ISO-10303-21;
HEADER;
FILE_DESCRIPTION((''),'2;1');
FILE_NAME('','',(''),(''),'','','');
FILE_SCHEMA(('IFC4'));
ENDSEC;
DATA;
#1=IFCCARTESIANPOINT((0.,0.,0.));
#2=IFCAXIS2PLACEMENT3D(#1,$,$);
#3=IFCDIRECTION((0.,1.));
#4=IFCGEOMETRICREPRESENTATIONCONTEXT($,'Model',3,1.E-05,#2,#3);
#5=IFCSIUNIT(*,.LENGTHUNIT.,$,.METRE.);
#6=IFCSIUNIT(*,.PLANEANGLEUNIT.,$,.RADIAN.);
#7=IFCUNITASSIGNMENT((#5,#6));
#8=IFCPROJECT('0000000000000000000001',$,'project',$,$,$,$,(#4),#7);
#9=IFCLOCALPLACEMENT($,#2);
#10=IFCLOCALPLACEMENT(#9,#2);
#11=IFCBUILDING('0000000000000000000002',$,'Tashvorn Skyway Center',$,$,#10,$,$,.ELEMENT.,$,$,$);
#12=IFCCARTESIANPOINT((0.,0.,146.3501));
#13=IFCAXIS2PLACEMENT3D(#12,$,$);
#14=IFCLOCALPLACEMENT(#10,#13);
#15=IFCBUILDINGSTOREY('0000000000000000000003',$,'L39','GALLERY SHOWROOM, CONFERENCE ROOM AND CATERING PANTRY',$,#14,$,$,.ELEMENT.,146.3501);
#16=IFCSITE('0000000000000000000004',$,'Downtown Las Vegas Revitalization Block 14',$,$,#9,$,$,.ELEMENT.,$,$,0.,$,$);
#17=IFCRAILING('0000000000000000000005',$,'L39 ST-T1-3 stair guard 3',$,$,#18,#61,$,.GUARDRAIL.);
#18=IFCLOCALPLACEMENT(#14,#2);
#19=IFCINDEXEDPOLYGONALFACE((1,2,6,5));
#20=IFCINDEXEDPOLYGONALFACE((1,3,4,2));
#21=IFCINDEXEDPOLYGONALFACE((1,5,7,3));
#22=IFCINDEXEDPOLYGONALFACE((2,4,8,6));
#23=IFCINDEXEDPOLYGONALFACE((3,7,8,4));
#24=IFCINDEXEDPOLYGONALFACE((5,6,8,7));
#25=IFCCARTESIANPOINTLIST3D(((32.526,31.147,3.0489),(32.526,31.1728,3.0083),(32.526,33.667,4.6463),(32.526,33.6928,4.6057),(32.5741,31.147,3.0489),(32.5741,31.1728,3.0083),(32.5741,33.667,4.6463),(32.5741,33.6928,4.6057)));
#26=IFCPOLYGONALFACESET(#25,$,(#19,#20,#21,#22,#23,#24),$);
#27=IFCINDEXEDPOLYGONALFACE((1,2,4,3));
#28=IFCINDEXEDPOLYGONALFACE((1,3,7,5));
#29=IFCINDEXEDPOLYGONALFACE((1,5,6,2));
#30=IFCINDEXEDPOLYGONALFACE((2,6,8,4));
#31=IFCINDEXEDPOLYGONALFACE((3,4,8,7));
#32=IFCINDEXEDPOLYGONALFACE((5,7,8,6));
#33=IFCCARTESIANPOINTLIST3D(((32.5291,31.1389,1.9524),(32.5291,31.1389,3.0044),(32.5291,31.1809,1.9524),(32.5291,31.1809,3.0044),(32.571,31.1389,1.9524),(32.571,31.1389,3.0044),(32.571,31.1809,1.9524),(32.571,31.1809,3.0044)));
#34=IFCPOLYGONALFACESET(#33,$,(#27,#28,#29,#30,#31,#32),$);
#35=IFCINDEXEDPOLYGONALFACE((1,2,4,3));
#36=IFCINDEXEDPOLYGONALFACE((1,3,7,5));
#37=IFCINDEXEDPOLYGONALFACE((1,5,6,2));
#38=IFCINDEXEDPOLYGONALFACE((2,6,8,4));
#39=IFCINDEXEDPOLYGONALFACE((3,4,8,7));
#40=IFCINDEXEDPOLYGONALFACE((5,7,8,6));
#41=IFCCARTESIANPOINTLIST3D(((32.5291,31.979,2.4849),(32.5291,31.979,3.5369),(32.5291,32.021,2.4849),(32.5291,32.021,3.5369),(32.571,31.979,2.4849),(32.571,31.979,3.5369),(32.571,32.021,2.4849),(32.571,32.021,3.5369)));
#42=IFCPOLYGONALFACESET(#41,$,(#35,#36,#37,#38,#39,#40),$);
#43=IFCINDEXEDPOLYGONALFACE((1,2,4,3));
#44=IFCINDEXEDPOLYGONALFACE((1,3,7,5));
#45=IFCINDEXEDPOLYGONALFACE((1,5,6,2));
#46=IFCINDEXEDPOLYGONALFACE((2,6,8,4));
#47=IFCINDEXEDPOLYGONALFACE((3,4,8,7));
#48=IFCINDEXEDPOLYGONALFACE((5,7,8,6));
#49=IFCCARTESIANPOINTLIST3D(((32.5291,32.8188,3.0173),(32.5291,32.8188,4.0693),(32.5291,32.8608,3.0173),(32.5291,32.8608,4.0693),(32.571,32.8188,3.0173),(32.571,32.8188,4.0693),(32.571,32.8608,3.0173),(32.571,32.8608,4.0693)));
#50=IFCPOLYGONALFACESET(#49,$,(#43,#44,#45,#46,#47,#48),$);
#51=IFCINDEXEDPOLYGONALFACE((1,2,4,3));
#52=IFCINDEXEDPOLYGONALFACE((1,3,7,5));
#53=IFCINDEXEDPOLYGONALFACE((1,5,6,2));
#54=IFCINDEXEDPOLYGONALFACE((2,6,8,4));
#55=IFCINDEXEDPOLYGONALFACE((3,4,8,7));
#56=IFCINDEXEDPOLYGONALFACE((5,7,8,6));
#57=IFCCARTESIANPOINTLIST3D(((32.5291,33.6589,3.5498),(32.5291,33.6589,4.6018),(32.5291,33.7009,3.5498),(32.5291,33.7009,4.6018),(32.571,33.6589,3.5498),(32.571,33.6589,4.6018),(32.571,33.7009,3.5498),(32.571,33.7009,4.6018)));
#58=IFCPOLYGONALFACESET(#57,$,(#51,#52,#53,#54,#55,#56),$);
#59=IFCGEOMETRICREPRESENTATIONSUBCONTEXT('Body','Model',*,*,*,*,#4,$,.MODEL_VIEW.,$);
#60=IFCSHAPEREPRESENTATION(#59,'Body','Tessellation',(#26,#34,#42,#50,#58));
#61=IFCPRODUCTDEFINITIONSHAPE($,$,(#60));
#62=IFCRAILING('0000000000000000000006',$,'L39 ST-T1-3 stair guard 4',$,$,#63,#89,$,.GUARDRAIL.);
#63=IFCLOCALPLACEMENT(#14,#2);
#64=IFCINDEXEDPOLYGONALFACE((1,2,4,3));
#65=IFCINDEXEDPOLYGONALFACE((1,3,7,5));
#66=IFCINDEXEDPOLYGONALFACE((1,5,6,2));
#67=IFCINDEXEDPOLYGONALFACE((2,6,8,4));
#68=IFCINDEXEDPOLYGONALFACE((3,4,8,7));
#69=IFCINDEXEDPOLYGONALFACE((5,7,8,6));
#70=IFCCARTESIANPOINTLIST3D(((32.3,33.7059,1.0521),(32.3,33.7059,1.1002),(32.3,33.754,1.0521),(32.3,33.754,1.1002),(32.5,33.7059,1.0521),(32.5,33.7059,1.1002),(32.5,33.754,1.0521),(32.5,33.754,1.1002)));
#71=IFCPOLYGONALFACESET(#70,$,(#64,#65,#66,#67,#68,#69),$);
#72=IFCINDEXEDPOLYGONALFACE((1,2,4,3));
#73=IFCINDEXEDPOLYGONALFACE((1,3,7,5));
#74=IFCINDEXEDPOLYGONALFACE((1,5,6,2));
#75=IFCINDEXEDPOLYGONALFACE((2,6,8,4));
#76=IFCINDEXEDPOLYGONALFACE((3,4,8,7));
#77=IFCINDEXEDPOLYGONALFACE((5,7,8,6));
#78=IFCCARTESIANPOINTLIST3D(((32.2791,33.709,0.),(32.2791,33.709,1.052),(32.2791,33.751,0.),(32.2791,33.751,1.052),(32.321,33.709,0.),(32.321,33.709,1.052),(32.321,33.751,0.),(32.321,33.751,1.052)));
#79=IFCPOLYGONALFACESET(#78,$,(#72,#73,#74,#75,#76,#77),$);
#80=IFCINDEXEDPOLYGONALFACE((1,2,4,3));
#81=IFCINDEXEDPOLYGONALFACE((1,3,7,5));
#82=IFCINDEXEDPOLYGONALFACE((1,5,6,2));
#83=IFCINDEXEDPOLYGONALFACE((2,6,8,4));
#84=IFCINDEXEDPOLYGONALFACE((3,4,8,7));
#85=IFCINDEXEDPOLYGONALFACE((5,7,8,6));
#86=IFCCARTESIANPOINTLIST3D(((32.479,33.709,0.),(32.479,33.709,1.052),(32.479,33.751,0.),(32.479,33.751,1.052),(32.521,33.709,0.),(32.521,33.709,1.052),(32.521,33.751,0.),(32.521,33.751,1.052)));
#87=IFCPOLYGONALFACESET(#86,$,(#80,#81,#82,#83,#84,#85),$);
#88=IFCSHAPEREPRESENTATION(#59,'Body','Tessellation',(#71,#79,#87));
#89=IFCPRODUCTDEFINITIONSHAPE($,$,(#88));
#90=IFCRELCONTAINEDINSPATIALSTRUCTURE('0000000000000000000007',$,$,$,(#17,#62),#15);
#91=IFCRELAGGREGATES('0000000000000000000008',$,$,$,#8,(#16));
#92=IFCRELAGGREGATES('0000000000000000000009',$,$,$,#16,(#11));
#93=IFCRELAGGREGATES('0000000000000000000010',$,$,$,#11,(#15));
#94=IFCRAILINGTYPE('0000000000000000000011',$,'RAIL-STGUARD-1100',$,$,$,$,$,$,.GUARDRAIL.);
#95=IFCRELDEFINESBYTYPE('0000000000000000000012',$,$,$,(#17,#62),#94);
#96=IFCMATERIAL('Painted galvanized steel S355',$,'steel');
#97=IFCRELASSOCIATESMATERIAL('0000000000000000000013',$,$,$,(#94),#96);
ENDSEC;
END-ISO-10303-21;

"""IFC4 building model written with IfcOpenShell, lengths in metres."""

from ifc_helpers import new_model, si_unit, direction, frame, origin, origin_2d, place, context, subcontext, project, spatial, rectangle, extrude, material, type_object, element, save


model = new_model("IFC4")

# Units and contexts
model_context = context("Model", 3, precision=1e-05, world=origin(), true_north=direction((0.0, 1.0)))
body_context = subcontext(model_context, "Body", "Model", "MODEL_VIEW")
ifc_project = project(units=[si_unit("LENGTHUNIT", "METRE"), si_unit("PLANEANGLEUNIT", "RADIAN")], contexts=[model_context])

# Site, building, storey
site_placement = place(None, origin())
site = spatial("IfcSite", under=ifc_project, at=site_placement, Name="Downtown Las Vegas Revitalization Block 14", CompositionType="ELEMENT", RefElevation=0.0)
building_placement = place(site_placement, origin())
building = spatial("IfcBuilding", under=site, at=building_placement, Name="Tashvorn Skyway Center", CompositionType="ELEMENT")
storey_placement = place(building_placement, frame((0.0, 0.0, 146.3501)))
storey = spatial("IfcBuildingStorey", under=building, at=storey_placement, Name="L39", Description="GALLERY SHOWROOM, CONFERENCE ROOM AND CATERING PANTRY", CompositionType="ELEMENT", Elevation=146.3501)

# Railings
ifc_material_1 = material(Name="Painted galvanized steel S355", Category="steel")
railing_type_1 = type_object("IfcRailingType", Name="RAIL-STGUARD-1100", PredefinedType="GUARDRAIL", material=ifc_material_1)
railing_1_placement = place(storey_placement, frame((32.55, 31.1599, 1.9524)))
element("IfcRailing", 1, at=railing_1_placement, inside=storey, type_object=railing_type_1, Name="L39 ST-T1-3 stair guard 3", PredefinedType="GUARDRAIL", context=body_context, shape_type="SweptSolid", body=[
    extrude(rectangle(XDim=0.0481, YDim=0.0481, at=origin_2d()), frame((0.0, 0.0, 1.0762), z_axis=(0.0, 0.844607, 0.535387), x_axis=(-1.0, 0.0, 0.0)), (0.0, 0.0, 1.0), 2.9836),
    extrude(rectangle(XDim=0.042, YDim=0.042, at=origin_2d()), origin(), (0.0, 0.0, 1.0), 1.052),
    extrude(rectangle(XDim=0.042, YDim=0.042, at=origin_2d()), frame((0.0, 0.8401, 0.5325)), (0.0, 0.0, 1.0), 1.052),
    extrude(rectangle(XDim=0.042, YDim=0.042, at=origin_2d()), frame((0.0, 1.6799, 1.0649)), (0.0, 0.0, 1.0), 1.052),
    extrude(rectangle(XDim=0.042, YDim=0.042, at=origin_2d()), frame((0.0, 2.52, 1.5974)), (0.0, 0.0, 1.0), 1.052),
])
railing_2_placement = place(storey_placement, frame((32.3, 33.73, 0.0)))
element("IfcRailing", 2, at=railing_2_placement, inside=storey, type_object=railing_type_1, Name="L39 ST-T1-3 stair guard 4", PredefinedType="GUARDRAIL", context=body_context, shape_type="SweptSolid", body=[
    extrude(rectangle(XDim=0.0481, YDim=0.0481, at=origin_2d()), frame((0.0, 0.0, 1.0762), z_axis=(1.0, 0.0, 0.0), x_axis=(0.0, 1.0, 0.0)), (0.0, 0.0, 1.0), 0.2),
    extrude(rectangle(XDim=0.042, YDim=0.042, at=origin_2d()), origin(), (0.0, 0.0, 1.0), 1.052),
    extrude(rectangle(XDim=0.042, YDim=0.042, at=origin_2d()), frame((0.2, 0.0, 0.0)), (0.0, 0.0, 1.0), 1.052),
])

save(model, "model.ifc")
